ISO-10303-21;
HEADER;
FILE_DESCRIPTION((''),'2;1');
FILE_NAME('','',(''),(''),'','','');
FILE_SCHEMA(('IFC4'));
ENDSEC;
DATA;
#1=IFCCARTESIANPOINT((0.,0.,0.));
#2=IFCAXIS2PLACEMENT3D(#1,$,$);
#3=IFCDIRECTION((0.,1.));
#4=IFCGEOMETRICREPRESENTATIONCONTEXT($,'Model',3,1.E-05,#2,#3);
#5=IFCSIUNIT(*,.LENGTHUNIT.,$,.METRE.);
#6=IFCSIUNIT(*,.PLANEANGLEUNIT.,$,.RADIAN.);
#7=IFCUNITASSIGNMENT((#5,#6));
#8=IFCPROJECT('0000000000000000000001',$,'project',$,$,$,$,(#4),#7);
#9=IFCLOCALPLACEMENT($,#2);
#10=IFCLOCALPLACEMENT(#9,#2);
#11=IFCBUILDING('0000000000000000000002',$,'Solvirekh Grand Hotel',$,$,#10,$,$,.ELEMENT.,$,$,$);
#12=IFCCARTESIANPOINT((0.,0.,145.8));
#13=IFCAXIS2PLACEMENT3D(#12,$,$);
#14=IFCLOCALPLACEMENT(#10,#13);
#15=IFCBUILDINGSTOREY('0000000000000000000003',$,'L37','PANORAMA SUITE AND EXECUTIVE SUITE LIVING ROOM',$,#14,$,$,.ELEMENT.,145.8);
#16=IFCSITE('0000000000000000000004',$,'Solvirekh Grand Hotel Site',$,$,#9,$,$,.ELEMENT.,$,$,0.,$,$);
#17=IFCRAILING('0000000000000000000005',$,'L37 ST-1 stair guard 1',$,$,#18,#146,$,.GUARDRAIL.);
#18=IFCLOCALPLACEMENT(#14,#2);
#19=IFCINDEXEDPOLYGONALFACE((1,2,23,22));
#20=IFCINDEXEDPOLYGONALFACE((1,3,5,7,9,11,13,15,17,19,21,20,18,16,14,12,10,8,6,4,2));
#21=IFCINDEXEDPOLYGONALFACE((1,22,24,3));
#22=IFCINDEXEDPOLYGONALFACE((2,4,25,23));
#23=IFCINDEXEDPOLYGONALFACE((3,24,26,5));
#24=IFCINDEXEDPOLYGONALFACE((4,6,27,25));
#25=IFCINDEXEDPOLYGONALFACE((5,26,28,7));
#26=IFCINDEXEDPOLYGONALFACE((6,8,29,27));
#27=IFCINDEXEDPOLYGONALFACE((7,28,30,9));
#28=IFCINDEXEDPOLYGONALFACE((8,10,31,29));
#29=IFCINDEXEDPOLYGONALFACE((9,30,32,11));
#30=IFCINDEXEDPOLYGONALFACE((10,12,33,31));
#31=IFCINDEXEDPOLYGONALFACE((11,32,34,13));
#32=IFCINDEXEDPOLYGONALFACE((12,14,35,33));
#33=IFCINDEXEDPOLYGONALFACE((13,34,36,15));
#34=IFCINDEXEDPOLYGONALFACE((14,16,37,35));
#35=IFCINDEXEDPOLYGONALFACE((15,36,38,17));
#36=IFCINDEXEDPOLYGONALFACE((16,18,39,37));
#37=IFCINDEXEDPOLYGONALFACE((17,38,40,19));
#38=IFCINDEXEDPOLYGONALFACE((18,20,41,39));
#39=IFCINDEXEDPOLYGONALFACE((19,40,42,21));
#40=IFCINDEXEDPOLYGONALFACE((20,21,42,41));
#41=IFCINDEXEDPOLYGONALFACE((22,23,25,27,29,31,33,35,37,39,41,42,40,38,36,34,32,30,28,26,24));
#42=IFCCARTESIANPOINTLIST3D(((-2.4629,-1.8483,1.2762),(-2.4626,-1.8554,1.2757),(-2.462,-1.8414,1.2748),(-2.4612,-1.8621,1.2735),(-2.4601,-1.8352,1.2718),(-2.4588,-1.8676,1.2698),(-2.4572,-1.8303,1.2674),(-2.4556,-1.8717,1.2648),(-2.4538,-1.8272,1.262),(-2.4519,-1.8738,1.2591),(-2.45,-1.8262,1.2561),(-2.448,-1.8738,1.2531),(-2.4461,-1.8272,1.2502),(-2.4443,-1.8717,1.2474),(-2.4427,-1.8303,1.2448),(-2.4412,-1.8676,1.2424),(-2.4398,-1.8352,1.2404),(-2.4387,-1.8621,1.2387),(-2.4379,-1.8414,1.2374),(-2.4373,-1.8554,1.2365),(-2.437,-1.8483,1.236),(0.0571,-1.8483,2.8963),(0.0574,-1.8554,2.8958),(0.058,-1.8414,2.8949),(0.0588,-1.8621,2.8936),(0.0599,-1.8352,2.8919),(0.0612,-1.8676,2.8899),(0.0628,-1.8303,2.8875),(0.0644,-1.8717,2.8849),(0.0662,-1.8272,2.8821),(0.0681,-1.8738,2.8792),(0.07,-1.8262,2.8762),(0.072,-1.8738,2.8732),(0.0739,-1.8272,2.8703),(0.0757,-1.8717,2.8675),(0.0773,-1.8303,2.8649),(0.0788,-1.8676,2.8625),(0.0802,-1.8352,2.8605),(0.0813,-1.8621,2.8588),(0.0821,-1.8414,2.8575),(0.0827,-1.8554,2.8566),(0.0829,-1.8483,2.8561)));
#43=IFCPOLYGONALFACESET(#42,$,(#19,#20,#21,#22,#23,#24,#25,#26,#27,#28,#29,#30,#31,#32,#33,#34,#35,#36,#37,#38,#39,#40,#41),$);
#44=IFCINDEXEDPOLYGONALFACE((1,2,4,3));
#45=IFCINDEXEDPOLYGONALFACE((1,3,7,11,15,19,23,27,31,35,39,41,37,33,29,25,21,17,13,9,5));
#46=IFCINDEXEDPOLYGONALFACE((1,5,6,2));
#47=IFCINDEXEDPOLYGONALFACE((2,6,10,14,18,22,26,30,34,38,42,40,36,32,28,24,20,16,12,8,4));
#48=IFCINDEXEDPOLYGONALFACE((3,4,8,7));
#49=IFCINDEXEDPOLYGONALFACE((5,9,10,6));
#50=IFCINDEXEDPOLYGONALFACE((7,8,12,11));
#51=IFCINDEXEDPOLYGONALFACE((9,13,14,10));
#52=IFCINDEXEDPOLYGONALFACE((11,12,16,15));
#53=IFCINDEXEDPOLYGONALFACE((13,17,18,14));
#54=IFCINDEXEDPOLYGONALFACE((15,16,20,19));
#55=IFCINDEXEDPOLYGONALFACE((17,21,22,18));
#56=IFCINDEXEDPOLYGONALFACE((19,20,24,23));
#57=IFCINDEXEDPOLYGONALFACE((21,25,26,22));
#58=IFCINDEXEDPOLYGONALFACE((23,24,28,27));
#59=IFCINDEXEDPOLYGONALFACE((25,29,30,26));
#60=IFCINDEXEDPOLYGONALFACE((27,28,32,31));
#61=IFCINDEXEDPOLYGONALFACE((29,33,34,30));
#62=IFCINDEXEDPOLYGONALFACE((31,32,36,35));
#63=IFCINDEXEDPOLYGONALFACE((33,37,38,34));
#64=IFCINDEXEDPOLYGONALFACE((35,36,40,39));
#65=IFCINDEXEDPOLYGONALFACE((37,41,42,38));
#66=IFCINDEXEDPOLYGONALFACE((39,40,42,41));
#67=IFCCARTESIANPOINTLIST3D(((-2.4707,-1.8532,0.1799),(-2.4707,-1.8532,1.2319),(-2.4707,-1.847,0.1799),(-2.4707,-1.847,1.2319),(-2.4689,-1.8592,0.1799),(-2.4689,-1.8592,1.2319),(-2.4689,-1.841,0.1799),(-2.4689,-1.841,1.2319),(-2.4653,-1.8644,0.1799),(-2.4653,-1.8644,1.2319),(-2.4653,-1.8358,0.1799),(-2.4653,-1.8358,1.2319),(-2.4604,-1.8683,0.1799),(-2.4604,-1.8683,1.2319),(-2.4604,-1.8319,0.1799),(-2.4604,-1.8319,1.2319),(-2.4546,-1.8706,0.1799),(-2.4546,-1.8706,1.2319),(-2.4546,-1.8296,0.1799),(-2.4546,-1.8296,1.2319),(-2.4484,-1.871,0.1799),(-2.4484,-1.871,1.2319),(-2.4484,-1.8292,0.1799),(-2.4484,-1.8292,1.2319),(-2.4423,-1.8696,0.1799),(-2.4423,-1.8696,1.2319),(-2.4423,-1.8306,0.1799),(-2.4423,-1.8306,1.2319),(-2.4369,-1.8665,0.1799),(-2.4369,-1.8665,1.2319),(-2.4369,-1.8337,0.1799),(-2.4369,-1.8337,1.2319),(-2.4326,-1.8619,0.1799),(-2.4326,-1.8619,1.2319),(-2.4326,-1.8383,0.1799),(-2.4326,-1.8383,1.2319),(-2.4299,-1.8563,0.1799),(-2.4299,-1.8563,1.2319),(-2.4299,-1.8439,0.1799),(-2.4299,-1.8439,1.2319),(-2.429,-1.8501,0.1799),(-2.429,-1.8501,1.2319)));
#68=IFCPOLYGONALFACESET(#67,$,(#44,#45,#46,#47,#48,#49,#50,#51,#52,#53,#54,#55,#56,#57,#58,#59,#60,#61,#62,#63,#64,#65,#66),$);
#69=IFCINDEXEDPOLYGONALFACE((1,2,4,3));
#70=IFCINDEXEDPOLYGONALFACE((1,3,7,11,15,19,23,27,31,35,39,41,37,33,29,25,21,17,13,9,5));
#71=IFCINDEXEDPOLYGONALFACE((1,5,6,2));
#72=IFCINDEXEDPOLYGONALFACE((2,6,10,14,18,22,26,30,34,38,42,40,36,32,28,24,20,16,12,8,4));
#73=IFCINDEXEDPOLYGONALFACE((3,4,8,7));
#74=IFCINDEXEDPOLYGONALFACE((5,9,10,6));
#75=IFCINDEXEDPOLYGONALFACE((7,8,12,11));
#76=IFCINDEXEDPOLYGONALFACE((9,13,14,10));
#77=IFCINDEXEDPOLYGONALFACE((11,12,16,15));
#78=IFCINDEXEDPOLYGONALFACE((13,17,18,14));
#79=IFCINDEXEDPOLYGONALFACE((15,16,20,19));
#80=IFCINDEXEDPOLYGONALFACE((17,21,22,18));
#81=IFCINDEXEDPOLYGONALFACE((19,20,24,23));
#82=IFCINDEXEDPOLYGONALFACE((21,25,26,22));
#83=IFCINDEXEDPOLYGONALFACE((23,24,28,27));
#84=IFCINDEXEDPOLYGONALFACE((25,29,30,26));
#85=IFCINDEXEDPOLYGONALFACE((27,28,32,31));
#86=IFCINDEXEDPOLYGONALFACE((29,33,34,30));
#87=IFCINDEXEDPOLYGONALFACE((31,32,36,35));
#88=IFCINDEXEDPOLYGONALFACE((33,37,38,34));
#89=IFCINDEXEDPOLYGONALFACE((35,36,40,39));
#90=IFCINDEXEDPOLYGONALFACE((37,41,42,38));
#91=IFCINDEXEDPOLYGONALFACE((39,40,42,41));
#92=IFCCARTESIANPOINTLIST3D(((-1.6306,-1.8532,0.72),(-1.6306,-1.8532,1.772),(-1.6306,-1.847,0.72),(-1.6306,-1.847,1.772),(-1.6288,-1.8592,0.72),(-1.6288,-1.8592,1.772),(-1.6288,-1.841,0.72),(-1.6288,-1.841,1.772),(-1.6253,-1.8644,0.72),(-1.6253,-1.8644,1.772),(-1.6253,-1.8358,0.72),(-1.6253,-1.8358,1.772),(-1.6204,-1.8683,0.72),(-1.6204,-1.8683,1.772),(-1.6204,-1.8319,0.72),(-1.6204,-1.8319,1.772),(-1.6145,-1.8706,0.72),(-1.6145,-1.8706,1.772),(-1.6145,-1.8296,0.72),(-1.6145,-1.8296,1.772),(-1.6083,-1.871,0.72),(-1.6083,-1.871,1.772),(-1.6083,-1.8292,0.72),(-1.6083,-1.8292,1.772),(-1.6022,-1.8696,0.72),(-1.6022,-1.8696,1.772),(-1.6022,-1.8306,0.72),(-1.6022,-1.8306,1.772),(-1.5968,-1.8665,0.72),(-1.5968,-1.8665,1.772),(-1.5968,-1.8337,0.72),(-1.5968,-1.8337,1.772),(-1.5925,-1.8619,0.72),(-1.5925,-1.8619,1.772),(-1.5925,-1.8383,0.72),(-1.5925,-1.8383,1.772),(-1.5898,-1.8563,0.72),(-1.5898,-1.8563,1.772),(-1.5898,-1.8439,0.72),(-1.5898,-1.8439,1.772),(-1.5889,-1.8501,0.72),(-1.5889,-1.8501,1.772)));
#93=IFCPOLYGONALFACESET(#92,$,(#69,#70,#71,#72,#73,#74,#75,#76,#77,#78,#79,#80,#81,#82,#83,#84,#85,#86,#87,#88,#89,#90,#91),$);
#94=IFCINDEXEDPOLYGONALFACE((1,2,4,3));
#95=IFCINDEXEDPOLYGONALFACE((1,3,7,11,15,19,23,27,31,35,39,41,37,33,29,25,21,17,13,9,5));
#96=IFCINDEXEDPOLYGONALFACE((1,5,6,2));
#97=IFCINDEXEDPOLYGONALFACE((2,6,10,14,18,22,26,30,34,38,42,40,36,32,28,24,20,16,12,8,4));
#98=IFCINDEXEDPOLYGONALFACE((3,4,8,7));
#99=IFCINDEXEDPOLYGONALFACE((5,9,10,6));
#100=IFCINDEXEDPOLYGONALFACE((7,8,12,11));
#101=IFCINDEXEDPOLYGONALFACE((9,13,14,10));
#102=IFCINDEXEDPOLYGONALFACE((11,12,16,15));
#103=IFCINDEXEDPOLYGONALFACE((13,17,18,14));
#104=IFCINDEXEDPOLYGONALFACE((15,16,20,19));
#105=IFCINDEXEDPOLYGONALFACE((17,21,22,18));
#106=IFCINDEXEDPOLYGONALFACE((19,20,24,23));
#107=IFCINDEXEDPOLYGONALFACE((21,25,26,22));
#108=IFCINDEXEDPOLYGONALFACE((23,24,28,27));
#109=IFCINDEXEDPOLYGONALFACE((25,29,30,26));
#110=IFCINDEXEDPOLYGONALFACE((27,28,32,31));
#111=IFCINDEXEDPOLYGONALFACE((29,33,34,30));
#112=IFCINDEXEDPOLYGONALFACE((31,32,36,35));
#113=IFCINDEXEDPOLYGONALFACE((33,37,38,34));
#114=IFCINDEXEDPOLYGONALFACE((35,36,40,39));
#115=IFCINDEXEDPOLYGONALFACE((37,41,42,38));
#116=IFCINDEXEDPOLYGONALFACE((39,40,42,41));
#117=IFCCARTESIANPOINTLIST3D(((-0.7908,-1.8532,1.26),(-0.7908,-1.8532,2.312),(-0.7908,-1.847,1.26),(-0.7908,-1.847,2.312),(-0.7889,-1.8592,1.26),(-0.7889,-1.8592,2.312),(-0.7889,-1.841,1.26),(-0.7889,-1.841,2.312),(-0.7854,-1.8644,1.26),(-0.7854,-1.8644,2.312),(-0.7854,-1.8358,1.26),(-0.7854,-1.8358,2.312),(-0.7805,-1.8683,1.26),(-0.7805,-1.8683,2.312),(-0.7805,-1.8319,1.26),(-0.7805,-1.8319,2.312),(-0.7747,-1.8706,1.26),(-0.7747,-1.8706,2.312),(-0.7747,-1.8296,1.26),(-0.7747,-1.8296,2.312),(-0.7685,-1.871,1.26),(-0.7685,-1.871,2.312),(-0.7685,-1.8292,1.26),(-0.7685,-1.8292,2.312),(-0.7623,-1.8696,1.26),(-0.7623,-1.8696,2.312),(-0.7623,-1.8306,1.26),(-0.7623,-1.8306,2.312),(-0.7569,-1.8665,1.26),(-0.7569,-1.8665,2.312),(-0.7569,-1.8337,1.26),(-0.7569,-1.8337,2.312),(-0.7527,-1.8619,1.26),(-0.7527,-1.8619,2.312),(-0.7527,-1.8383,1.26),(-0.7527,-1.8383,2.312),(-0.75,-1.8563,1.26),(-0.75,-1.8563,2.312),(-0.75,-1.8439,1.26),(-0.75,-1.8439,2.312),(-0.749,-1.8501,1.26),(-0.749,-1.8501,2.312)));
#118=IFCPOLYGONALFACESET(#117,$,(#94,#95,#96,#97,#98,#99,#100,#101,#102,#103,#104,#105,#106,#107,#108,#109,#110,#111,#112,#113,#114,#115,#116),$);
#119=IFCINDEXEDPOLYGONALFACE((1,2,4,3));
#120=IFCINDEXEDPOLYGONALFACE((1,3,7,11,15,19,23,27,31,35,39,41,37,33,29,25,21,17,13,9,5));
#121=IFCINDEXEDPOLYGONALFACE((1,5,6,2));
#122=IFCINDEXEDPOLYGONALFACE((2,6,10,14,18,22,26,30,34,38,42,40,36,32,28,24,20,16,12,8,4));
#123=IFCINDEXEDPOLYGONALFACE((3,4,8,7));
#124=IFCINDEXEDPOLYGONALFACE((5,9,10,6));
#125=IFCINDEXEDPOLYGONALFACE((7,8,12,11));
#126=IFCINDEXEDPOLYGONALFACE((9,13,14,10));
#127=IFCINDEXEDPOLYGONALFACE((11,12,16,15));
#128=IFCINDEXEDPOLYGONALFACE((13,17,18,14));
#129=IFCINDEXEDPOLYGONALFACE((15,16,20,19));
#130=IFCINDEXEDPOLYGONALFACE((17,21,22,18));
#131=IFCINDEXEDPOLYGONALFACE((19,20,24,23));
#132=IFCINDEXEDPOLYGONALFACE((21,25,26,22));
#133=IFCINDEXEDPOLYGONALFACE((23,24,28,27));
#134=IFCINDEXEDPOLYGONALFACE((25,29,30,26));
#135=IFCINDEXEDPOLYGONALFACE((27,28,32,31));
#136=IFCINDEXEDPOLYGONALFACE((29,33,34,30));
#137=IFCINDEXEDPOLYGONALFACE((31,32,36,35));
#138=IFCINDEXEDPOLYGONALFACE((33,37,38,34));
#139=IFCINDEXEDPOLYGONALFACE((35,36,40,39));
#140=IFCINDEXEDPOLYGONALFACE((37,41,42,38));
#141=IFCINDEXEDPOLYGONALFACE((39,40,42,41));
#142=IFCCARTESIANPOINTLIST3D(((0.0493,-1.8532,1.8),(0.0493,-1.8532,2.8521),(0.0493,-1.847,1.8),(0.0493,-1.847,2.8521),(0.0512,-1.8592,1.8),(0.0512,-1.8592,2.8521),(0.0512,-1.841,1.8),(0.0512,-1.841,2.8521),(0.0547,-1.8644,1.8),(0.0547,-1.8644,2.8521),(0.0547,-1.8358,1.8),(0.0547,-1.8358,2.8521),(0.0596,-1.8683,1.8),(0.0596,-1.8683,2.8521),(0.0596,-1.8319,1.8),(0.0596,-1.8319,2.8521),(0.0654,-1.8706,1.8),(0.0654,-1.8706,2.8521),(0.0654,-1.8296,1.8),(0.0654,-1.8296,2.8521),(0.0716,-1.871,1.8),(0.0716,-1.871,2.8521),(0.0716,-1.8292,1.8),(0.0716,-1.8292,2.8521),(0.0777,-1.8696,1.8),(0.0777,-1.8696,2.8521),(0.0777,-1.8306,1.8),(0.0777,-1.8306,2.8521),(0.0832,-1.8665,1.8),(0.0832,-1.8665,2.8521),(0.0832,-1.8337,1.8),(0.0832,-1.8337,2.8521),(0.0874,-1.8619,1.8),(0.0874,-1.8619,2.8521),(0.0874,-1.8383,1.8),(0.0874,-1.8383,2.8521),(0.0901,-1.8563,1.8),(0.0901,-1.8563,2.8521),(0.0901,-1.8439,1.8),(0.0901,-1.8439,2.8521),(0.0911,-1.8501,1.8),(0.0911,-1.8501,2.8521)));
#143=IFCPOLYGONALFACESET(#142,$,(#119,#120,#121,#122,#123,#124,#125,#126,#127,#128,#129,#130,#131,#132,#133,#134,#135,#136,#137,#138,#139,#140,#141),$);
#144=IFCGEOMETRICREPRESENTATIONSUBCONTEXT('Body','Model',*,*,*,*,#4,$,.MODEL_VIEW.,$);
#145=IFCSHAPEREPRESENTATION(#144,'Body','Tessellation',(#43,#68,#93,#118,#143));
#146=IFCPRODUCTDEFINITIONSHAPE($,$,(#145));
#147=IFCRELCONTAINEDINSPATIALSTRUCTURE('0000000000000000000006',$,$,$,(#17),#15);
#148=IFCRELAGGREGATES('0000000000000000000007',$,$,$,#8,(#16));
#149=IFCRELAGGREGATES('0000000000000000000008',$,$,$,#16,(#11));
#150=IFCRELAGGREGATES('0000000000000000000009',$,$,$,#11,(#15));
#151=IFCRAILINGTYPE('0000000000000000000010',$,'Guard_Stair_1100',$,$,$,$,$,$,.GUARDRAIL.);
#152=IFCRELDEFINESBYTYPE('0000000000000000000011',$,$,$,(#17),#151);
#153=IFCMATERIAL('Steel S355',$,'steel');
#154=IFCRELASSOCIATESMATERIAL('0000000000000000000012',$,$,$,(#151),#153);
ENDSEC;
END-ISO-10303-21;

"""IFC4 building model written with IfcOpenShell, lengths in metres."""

from ifc_helpers import new_model, si_unit, direction, frame, origin, origin_2d, place, context, subcontext, project, spatial, circle, extrude, material, type_object, element, save


model = new_model("IFC4")

# Units and contexts
model_context = context("Model", 3, precision=1e-05, world=origin(), true_north=direction((0.0, 1.0)))
body_context = subcontext(model_context, "Body", "Model", "MODEL_VIEW")
ifc_project = project(units=[si_unit("LENGTHUNIT", "METRE"), si_unit("PLANEANGLEUNIT", "RADIAN")], contexts=[model_context])

# Site, building, storey
site_placement = place(None, origin())
site = spatial("IfcSite", under=ifc_project, at=site_placement, Name="Solvirekh Grand Hotel Site", CompositionType="ELEMENT", RefElevation=0.0)
building_placement = place(site_placement, origin())
building = spatial("IfcBuilding", under=site, at=building_placement, Name="Solvirekh Grand Hotel", CompositionType="ELEMENT")
storey_placement = place(building_placement, frame((0.0, 0.0, 145.8)))
storey = spatial("IfcBuildingStorey", under=building, at=storey_placement, Name="L37", Description="PANORAMA SUITE AND EXECUTIVE SUITE LIVING ROOM", CompositionType="ELEMENT", Elevation=145.8)

# Shared definitions
ifc_material_1 = material(Name="Steel S355", Category="steel")

# Railing
railing_type_1 = type_object("IfcRailingType", Name="Guard_Stair_1100", PredefinedType="GUARDRAIL", material=ifc_material_1)
railing_1_placement = place(storey_placement, frame((-2.45, -1.8501, 0.1799)))
element("IfcRailing", 1, at=railing_1_placement, inside=storey, type_object=railing_type_1, Name="L37 ST-1 stair guard 1", PredefinedType="GUARDRAIL", context=body_context, shape_type="SweptSolid", body=[
    extrude(circle(Radius=0.0239, at=origin_2d()), frame((0.0, 0.0, 1.0762), z_axis=(0.841163, 0.0, 0.540782), x_axis=(0.0, 1.0, 0.0)), (0.0, 0.0, 1.0), 2.9958),
    extrude(circle(Radius=0.021, at=origin_2d()), origin(), (0.0, 0.0, 1.0), 1.052),
    extrude(circle(Radius=0.021, at=origin_2d()), frame((0.8401, 0.0, 0.54)), (0.0, 0.0, 1.0), 1.052),
    extrude(circle(Radius=0.021, at=origin_2d()), frame((1.6799, 0.0, 1.0801)), (0.0, 0.0, 1.0), 1.052),
    extrude(circle(Radius=0.021, at=origin_2d()), frame((2.52, 0.0, 1.6201)), (0.0, 0.0, 1.0), 1.052),
])

save(model, "model.ifc")
